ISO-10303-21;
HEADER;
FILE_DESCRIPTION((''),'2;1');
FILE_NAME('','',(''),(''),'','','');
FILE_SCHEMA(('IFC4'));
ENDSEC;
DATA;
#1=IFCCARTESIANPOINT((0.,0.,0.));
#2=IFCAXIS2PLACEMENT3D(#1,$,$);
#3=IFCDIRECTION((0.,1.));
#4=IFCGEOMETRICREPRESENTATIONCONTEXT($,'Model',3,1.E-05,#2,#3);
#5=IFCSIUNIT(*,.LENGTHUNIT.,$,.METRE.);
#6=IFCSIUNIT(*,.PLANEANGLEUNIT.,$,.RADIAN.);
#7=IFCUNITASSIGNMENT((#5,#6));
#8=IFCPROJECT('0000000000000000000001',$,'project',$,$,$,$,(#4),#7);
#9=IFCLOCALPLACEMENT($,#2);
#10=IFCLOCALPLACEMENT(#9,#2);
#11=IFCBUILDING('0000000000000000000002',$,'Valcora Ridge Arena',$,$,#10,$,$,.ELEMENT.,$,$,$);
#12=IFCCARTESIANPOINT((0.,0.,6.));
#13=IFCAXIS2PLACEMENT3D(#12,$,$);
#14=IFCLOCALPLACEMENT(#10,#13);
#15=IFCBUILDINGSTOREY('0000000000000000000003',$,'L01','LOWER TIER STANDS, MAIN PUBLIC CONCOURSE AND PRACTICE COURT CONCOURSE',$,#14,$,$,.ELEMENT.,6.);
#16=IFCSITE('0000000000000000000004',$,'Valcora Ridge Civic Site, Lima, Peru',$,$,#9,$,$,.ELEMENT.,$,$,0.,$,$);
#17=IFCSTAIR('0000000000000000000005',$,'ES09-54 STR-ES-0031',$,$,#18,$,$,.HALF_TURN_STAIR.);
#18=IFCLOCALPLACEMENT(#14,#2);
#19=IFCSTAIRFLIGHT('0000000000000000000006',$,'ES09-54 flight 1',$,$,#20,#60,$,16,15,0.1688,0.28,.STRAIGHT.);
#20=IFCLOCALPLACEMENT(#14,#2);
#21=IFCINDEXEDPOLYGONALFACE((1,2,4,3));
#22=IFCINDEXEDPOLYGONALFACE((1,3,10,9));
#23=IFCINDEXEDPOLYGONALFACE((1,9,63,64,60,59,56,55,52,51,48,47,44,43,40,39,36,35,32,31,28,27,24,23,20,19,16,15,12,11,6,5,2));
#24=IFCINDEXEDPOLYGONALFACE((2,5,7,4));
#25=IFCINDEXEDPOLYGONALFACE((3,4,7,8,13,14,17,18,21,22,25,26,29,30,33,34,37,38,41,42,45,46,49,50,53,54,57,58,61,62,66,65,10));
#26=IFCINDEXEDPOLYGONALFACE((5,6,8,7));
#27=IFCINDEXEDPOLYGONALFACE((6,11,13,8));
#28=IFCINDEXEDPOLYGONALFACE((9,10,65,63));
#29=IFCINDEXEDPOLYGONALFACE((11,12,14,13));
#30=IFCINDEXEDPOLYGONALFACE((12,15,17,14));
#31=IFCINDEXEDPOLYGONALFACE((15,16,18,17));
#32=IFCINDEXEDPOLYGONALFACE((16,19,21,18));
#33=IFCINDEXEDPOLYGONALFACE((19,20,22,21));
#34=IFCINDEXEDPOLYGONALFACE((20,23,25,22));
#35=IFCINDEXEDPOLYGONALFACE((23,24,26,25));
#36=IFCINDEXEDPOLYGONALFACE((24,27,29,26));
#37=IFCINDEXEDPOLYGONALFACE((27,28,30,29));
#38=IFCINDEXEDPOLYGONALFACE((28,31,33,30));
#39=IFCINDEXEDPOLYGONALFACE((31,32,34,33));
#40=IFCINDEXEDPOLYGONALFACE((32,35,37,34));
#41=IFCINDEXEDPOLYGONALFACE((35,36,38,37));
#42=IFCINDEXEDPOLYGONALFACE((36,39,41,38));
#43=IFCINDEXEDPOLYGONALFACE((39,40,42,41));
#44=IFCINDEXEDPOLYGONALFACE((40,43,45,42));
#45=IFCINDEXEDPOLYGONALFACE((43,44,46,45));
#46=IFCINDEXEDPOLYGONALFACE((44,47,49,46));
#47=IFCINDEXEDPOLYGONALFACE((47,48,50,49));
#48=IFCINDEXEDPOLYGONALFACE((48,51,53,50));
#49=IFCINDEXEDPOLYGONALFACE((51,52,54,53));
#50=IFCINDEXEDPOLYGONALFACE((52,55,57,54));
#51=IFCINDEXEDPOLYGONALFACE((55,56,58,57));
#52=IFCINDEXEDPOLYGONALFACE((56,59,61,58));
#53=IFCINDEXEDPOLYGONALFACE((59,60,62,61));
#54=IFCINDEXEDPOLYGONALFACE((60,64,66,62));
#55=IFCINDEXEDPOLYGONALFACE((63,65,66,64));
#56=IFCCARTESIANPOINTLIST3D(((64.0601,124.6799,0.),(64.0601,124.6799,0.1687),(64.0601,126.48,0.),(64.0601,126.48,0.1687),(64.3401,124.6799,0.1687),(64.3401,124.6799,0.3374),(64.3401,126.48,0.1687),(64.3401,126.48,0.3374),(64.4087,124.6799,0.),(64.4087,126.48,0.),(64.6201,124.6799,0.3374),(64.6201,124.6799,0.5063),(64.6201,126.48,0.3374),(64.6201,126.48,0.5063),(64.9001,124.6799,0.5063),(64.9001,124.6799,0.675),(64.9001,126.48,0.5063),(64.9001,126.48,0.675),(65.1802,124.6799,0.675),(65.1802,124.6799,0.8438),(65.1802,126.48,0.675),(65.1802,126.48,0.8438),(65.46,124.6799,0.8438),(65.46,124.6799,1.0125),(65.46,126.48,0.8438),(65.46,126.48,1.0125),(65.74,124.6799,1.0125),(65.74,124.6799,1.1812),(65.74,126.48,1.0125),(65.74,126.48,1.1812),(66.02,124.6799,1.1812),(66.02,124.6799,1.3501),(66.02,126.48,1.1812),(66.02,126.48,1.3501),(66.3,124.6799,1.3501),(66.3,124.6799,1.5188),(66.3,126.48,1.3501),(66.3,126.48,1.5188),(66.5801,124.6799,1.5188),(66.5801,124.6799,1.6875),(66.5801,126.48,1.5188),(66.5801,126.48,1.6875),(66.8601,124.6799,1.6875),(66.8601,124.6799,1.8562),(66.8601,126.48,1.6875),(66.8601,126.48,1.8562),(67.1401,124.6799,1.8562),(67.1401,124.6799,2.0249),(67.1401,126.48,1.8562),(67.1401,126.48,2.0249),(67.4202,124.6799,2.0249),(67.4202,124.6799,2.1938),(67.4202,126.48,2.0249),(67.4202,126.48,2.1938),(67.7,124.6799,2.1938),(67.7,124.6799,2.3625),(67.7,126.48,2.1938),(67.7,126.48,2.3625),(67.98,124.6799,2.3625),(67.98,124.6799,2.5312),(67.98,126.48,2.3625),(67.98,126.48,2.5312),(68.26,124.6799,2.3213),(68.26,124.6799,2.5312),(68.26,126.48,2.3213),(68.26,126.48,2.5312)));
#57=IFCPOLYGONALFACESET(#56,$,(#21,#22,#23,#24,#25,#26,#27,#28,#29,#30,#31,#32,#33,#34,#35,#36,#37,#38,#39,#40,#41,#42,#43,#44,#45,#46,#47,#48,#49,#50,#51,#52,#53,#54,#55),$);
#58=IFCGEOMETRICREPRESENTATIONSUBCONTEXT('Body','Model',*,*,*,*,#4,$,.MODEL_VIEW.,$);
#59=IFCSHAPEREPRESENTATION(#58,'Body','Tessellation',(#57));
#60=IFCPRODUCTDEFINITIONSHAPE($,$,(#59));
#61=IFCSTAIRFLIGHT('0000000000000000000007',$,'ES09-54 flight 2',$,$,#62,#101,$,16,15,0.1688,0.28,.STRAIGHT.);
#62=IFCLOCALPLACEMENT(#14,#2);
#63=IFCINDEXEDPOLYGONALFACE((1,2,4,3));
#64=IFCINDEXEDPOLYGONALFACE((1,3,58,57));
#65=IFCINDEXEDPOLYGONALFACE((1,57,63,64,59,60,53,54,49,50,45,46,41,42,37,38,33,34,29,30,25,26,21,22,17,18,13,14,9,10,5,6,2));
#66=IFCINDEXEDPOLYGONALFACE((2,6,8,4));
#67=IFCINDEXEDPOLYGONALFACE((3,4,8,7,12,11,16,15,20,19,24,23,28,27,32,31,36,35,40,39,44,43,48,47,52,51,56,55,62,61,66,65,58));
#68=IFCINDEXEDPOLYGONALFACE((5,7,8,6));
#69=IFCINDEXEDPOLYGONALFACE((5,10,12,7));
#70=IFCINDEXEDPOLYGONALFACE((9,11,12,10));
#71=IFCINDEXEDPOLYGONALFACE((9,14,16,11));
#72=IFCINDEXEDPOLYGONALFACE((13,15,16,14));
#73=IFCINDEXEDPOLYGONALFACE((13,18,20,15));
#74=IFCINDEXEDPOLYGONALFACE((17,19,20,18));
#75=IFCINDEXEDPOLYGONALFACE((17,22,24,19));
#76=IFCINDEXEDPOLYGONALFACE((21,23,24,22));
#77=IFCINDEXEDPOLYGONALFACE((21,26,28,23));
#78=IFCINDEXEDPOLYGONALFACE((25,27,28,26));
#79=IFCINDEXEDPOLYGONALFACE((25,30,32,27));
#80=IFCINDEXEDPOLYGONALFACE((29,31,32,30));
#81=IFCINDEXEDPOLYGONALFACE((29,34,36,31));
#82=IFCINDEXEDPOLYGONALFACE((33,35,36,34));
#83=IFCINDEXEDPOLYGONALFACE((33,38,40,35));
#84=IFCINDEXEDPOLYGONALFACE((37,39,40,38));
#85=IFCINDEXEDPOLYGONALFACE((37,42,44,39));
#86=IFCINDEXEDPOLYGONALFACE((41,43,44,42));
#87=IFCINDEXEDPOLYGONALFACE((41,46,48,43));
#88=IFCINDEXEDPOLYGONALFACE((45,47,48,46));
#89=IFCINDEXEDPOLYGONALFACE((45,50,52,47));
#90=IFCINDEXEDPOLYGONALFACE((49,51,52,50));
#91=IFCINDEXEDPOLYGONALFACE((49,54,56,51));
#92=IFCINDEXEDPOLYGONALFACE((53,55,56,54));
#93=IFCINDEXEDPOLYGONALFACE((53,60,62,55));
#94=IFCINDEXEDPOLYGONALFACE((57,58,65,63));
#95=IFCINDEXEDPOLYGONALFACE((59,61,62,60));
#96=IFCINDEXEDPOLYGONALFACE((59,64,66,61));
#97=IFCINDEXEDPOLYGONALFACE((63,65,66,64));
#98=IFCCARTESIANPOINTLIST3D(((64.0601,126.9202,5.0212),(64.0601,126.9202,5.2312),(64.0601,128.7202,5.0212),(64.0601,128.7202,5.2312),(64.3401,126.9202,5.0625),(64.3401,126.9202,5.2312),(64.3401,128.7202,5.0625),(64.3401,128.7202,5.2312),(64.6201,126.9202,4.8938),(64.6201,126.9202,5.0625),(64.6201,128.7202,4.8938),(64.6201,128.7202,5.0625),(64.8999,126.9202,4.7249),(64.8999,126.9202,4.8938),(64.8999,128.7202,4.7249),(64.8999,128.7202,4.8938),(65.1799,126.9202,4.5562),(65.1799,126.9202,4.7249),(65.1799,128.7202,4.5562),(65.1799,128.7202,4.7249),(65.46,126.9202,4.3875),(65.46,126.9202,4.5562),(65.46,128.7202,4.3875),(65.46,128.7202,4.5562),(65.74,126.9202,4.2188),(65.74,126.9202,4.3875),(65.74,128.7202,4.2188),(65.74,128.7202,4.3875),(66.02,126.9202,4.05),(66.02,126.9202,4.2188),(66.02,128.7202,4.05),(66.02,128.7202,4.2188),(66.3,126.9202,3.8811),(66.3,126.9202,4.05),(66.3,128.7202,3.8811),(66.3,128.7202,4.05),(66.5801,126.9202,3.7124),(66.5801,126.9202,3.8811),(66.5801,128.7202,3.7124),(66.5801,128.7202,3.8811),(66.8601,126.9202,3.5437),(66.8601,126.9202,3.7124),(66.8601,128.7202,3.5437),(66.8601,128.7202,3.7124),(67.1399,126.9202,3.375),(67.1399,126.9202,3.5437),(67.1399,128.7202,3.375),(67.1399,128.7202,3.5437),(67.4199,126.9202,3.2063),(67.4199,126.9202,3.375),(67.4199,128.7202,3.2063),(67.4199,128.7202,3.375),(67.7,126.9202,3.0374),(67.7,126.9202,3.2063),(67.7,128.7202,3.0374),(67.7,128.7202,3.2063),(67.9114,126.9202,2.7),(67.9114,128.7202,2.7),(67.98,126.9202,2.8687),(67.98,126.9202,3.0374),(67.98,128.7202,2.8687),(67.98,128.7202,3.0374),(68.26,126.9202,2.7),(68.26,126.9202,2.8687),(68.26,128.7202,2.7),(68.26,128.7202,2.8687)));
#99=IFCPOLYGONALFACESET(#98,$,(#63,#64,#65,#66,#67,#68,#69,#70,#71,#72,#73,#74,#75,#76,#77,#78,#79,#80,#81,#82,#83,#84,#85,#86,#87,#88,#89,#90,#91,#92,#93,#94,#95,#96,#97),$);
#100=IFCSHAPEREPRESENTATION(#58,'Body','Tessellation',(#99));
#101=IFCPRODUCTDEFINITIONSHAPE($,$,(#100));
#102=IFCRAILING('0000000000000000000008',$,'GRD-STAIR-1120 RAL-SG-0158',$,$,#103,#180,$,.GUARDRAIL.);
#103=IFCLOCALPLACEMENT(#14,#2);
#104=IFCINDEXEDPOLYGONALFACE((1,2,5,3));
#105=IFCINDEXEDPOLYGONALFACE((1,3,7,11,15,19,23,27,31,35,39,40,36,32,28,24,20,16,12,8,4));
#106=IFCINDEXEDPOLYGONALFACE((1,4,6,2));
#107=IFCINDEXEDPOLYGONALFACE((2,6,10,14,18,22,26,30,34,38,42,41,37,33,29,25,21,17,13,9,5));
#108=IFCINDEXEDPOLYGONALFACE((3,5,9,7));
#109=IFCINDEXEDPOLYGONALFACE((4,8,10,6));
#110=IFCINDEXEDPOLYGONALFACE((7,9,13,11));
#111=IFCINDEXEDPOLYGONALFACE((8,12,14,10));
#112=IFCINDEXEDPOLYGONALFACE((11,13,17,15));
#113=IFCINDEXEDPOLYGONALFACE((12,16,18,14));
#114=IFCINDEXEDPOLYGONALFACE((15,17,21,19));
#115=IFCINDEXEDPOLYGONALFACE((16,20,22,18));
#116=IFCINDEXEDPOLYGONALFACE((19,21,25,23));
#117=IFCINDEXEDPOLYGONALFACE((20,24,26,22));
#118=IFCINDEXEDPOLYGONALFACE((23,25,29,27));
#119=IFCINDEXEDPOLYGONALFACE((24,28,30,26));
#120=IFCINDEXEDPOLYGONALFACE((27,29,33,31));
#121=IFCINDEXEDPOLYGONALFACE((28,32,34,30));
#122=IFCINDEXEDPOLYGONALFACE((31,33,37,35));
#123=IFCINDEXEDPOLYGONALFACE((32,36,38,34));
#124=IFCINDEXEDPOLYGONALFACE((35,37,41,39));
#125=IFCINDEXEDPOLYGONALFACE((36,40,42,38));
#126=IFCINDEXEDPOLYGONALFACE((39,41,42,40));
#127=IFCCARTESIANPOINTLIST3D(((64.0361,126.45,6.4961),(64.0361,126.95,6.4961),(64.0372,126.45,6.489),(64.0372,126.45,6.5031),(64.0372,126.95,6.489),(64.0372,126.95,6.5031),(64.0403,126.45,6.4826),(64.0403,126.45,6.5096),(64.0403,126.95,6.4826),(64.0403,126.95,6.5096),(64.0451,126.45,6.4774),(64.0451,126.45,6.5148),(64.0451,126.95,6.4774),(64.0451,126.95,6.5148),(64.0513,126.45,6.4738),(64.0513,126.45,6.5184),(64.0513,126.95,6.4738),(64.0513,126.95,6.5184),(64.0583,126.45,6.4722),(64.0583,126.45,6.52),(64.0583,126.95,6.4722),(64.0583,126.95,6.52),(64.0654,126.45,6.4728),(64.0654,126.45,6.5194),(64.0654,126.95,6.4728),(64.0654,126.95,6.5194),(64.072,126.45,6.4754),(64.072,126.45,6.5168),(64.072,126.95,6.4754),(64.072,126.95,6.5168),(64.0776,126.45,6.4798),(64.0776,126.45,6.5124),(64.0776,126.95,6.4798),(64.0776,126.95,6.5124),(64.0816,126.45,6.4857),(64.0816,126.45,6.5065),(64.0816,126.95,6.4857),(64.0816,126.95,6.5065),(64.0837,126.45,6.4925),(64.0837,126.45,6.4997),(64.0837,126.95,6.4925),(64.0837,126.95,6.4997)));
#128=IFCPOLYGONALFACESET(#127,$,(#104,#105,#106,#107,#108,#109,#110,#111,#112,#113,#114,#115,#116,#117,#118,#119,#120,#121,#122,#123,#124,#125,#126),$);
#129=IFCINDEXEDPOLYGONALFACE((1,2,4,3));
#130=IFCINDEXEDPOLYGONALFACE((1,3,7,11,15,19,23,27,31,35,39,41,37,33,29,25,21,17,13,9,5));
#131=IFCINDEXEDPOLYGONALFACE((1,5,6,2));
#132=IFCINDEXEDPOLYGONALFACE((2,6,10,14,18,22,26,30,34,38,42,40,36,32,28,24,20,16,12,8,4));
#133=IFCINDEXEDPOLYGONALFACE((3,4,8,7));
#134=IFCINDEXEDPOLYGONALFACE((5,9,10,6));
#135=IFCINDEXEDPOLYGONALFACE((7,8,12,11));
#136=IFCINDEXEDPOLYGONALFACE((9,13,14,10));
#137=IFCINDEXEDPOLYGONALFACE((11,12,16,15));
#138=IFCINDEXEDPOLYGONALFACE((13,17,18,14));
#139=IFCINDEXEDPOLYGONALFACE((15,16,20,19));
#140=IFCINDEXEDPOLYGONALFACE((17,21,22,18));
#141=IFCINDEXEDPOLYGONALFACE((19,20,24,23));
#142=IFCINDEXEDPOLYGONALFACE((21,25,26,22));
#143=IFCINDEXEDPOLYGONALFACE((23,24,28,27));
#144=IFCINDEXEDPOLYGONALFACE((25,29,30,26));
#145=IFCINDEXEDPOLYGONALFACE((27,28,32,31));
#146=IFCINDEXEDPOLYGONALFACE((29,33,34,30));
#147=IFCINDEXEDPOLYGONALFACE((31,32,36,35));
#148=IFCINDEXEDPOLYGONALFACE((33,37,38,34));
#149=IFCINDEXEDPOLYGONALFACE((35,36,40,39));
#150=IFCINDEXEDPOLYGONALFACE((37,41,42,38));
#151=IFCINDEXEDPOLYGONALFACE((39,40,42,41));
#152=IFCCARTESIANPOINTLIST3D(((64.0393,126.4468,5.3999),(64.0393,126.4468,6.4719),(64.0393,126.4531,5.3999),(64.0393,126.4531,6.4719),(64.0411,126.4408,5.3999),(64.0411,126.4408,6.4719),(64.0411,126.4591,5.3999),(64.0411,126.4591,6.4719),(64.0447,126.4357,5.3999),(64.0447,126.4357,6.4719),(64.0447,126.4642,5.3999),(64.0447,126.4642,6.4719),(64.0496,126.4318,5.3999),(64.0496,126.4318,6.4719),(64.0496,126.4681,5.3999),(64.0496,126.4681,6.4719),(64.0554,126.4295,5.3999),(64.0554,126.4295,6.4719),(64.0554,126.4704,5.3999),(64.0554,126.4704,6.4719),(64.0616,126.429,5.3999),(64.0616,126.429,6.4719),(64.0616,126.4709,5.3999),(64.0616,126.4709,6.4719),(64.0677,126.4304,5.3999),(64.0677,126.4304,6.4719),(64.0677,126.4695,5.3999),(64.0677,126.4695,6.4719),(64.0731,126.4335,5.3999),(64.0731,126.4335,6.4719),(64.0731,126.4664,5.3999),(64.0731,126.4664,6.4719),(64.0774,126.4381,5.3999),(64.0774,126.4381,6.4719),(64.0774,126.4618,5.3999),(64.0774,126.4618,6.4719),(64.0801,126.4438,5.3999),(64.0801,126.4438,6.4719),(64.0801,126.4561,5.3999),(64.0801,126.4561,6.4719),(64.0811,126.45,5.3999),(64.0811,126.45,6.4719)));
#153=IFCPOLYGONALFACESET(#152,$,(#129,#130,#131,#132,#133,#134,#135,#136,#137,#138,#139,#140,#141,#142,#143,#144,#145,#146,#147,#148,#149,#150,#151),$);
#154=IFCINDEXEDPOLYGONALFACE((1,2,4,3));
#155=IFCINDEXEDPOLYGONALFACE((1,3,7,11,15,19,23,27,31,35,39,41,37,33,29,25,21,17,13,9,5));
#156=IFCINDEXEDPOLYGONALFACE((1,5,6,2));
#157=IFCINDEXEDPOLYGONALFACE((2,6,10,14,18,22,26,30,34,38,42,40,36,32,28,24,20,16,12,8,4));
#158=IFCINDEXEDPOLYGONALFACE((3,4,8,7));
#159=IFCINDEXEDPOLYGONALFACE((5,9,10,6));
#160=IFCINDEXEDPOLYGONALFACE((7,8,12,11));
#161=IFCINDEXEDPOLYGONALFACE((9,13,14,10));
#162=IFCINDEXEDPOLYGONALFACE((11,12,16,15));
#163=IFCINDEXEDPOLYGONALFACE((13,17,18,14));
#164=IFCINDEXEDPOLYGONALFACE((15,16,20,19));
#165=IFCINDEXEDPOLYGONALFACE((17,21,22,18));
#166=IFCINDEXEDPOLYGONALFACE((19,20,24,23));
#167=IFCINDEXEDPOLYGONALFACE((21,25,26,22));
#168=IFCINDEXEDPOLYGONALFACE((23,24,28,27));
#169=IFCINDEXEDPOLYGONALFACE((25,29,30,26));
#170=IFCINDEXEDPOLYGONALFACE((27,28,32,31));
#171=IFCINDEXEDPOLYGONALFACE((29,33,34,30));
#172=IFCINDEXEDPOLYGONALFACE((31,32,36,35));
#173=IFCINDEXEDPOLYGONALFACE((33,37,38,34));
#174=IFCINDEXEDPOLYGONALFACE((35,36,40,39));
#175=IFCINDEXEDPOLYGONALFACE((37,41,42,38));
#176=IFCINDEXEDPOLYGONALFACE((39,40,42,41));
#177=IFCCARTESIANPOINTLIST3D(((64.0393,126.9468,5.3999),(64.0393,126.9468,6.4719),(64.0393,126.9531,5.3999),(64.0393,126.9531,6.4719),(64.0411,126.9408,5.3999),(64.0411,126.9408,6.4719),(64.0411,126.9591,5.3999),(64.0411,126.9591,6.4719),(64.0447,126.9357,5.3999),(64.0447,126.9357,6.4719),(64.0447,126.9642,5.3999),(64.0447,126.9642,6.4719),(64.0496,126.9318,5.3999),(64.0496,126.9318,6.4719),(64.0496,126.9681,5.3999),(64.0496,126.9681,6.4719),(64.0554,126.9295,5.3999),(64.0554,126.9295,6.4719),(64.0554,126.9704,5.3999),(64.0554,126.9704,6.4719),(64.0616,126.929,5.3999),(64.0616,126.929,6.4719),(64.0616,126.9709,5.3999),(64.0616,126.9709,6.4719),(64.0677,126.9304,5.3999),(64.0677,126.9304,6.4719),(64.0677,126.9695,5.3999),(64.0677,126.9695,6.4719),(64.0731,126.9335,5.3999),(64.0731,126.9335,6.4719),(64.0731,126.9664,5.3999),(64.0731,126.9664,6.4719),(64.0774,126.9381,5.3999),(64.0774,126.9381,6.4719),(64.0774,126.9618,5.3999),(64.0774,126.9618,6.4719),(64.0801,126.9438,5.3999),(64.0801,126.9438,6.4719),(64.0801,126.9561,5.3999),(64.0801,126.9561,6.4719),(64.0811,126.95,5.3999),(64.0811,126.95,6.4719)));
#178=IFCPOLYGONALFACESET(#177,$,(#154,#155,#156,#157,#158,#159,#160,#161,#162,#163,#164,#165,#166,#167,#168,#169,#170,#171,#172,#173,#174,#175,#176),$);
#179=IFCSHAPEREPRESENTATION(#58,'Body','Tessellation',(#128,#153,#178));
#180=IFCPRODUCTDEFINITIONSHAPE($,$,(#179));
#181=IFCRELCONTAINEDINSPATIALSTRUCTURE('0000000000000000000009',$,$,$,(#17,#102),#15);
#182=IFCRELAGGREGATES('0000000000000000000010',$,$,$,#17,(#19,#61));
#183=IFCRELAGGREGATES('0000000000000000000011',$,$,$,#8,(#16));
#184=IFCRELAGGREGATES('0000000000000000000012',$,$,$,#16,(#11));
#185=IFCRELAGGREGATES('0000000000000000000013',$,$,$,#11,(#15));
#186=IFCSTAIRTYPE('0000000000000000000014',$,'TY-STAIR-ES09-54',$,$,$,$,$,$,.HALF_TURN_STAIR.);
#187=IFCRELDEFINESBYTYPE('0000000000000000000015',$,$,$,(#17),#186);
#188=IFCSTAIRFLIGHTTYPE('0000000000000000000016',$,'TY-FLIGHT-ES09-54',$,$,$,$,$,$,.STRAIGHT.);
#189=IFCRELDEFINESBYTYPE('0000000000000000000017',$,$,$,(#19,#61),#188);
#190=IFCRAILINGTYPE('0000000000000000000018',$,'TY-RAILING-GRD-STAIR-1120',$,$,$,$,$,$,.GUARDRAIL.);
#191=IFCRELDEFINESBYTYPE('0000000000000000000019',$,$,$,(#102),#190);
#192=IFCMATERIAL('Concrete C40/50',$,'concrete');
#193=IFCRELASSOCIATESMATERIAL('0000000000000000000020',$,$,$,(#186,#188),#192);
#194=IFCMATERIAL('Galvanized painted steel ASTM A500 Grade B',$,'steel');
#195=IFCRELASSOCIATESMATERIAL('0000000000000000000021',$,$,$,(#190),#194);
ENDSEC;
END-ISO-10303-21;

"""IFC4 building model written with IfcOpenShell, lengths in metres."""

from ifc_helpers import new_model, si_unit, direction, frame, origin, origin_2d, place, context, subcontext, project, spatial, polyline, circle, outline, extrude, material, type_object, element, aggregate, save


model = new_model("IFC4")

# Units and contexts
model_context = context("Model", 3, precision=1e-05, world=origin(), true_north=direction((0.0, 1.0)))
body_context = subcontext(model_context, "Body", "Model", "MODEL_VIEW")
ifc_project = project(units=[si_unit("LENGTHUNIT", "METRE"), si_unit("PLANEANGLEUNIT", "RADIAN")], contexts=[model_context])

# Site, building, storey
site_placement = place(None, origin())
site = spatial("IfcSite", under=ifc_project, at=site_placement, Name="Valcora Ridge Civic Site, Lima, Peru", CompositionType="ELEMENT", RefElevation=0.0)
building_placement = place(site_placement, origin())
building = spatial("IfcBuilding", under=site, at=building_placement, Name="Valcora Ridge Arena", CompositionType="ELEMENT")
storey_placement = place(building_placement, frame((0.0, 0.0, 6.0)))
storey = spatial("IfcBuildingStorey", under=building, at=storey_placement, Name="L01", Description="LOWER TIER STANDS, MAIN PUBLIC CONCOURSE AND PRACTICE COURT CONCOURSE", CompositionType="ELEMENT", Elevation=6.0)

# Shared definitions
ifc_material_1 = material(Name="Concrete C40/50", Category="concrete")

# Stair, stair flights
stair_type = type_object("IfcStairType", Name="TY-STAIR-ES09-54", PredefinedType="HALF_TURN_STAIR", material=ifc_material_1)
stair_placement = place(storey_placement, origin())
stair = element("IfcStair", 1, at=stair_placement, inside=storey, type_object=stair_type, Name="ES09-54 STR-ES-0031", PredefinedType="HALF_TURN_STAIR")
stair_flight_type = type_object("IfcStairFlightType", Name="TY-FLIGHT-ES09-54", PredefinedType="STRAIGHT", material=ifc_material_1)
stair_flight_1_placement = place(storey_placement, frame((64.0601, 125.5801, 0.0), z_axis=(0.0, 0.0, 1.0), x_axis=(1.0, 0.0, 0.0)))
stair_flight_1 = element("IfcStairFlight", 2, at=stair_flight_1_placement, type_object=stair_flight_type, Name="ES09-54 flight 1", NumberOfRisers=16, NumberOfTreads=15, PredefinedType="STRAIGHT", RiserHeight=0.1688, TreadLength=0.28, context=body_context, shape_type="SweptSolid", body=[
    extrude(outline(polyline([(0.0, 0.0), (0.0, 0.1687), (0.28, 0.1687), (0.28, 0.3374), (0.5601, 0.3374), (0.5601, 0.5063), (0.8401, 0.5063), (0.8401, 0.675), (1.1201, 0.675), (1.1201, 0.8438), (1.3999, 0.8438), (1.3999, 1.0125), (1.6799, 1.0125), (1.6799, 1.1812), (1.96, 1.1812), (1.96, 1.3501), (2.24, 1.3501), (2.24, 1.5188), (2.52, 1.5188), (2.52, 1.6875), (2.8, 1.6875), (2.8, 1.8562), (3.0801, 1.8562), (3.0801, 2.0249), (3.3601, 2.0249), (3.3601, 2.1938), (3.6399, 2.1938), (3.6399, 2.3625), (3.9199, 2.3625), (3.9199, 2.5312), (4.2, 2.5312), (4.2, 2.7), (4.2, 2.3213), (0.3486, 0.0), (0.0, 0.0)])), frame((0.0, 0.8999, 0.0), z_axis=(0.0, -1.0, 0.0), x_axis=(1.0, 0.0, 0.0)), (0.0, 0.0, 1.0), 1.8),
])
stair_flight_2_placement = place(storey_placement, frame((68.26, 127.8201, 2.7), z_axis=(0.0, 0.0, 1.0), x_axis=(-1.0, 0.0, 0.0)))
stair_flight_2 = element("IfcStairFlight", 3, at=stair_flight_2_placement, type_object=stair_flight_type, Name="ES09-54 flight 2", NumberOfRisers=16, NumberOfTreads=15, PredefinedType="STRAIGHT", RiserHeight=0.1688, TreadLength=0.28, context=body_context, shape_type="SweptSolid", body=[
    extrude(outline(polyline([(0.0, 0.0), (0.0, 0.1687), (0.28, 0.1687), (0.28, 0.3374), (0.5601, 0.3374), (0.5601, 0.5063), (0.8401, 0.5063), (0.8401, 0.675), (1.1201, 0.675), (1.1201, 0.8438), (1.3999, 0.8438), (1.3999, 1.0125), (1.6799, 1.0125), (1.6799, 1.1812), (1.96, 1.1812), (1.96, 1.3501), (2.24, 1.3501), (2.24, 1.5188), (2.52, 1.5188), (2.52, 1.6875), (2.8, 1.6875), (2.8, 1.8562), (3.0801, 1.8562), (3.0801, 2.0249), (3.3601, 2.0249), (3.3601, 2.1938), (3.6399, 2.1938), (3.6399, 2.3625), (3.9199, 2.3625), (3.9199, 2.5312), (4.2, 2.5312), (4.2, 2.7), (4.2, 2.3213), (0.3486, 0.0), (0.0, 0.0)])), frame((0.0, 0.8999, 0.0), z_axis=(0.0, -1.0, 0.0), x_axis=(1.0, 0.0, 0.0)), (0.0, 0.0, 1.0), 1.8),
])
aggregate(stair, [stair_flight_1, stair_flight_2])

# Railing
ifc_material_2 = material(Name="Galvanized painted steel ASTM A500 Grade B", Category="steel")
railing_type_1 = type_object("IfcRailingType", Name="TY-RAILING-GRD-STAIR-1120", PredefinedType="GUARDRAIL", material=ifc_material_2)
railing_1_placement = place(storey_placement, frame((64.0601, 126.45, 5.3999)))
element("IfcRailing", 4, at=railing_1_placement, inside=storey, type_object=railing_type_1, Name="GRD-STAIR-1120 RAL-SG-0158", PredefinedType="GUARDRAIL", context=body_context, shape_type="SweptSolid", body=[
    extrude(circle(Radius=0.0239, at=origin_2d()), frame((0.0, 0.0, 1.0962), z_axis=(0.0, 1.0, 0.0), x_axis=(-1.0, 0.0, 0.0)), (0.0, 0.0, 1.0), 0.5),
    extrude(circle(Radius=0.021, at=origin_2d()), origin(), (0.0, 0.0, 1.0), 1.072),
    extrude(circle(Radius=0.021, at=origin_2d()), frame((0.0, 0.5, 0.0)), (0.0, 0.0, 1.0), 1.072),
])

save(model, "model.ifc")
